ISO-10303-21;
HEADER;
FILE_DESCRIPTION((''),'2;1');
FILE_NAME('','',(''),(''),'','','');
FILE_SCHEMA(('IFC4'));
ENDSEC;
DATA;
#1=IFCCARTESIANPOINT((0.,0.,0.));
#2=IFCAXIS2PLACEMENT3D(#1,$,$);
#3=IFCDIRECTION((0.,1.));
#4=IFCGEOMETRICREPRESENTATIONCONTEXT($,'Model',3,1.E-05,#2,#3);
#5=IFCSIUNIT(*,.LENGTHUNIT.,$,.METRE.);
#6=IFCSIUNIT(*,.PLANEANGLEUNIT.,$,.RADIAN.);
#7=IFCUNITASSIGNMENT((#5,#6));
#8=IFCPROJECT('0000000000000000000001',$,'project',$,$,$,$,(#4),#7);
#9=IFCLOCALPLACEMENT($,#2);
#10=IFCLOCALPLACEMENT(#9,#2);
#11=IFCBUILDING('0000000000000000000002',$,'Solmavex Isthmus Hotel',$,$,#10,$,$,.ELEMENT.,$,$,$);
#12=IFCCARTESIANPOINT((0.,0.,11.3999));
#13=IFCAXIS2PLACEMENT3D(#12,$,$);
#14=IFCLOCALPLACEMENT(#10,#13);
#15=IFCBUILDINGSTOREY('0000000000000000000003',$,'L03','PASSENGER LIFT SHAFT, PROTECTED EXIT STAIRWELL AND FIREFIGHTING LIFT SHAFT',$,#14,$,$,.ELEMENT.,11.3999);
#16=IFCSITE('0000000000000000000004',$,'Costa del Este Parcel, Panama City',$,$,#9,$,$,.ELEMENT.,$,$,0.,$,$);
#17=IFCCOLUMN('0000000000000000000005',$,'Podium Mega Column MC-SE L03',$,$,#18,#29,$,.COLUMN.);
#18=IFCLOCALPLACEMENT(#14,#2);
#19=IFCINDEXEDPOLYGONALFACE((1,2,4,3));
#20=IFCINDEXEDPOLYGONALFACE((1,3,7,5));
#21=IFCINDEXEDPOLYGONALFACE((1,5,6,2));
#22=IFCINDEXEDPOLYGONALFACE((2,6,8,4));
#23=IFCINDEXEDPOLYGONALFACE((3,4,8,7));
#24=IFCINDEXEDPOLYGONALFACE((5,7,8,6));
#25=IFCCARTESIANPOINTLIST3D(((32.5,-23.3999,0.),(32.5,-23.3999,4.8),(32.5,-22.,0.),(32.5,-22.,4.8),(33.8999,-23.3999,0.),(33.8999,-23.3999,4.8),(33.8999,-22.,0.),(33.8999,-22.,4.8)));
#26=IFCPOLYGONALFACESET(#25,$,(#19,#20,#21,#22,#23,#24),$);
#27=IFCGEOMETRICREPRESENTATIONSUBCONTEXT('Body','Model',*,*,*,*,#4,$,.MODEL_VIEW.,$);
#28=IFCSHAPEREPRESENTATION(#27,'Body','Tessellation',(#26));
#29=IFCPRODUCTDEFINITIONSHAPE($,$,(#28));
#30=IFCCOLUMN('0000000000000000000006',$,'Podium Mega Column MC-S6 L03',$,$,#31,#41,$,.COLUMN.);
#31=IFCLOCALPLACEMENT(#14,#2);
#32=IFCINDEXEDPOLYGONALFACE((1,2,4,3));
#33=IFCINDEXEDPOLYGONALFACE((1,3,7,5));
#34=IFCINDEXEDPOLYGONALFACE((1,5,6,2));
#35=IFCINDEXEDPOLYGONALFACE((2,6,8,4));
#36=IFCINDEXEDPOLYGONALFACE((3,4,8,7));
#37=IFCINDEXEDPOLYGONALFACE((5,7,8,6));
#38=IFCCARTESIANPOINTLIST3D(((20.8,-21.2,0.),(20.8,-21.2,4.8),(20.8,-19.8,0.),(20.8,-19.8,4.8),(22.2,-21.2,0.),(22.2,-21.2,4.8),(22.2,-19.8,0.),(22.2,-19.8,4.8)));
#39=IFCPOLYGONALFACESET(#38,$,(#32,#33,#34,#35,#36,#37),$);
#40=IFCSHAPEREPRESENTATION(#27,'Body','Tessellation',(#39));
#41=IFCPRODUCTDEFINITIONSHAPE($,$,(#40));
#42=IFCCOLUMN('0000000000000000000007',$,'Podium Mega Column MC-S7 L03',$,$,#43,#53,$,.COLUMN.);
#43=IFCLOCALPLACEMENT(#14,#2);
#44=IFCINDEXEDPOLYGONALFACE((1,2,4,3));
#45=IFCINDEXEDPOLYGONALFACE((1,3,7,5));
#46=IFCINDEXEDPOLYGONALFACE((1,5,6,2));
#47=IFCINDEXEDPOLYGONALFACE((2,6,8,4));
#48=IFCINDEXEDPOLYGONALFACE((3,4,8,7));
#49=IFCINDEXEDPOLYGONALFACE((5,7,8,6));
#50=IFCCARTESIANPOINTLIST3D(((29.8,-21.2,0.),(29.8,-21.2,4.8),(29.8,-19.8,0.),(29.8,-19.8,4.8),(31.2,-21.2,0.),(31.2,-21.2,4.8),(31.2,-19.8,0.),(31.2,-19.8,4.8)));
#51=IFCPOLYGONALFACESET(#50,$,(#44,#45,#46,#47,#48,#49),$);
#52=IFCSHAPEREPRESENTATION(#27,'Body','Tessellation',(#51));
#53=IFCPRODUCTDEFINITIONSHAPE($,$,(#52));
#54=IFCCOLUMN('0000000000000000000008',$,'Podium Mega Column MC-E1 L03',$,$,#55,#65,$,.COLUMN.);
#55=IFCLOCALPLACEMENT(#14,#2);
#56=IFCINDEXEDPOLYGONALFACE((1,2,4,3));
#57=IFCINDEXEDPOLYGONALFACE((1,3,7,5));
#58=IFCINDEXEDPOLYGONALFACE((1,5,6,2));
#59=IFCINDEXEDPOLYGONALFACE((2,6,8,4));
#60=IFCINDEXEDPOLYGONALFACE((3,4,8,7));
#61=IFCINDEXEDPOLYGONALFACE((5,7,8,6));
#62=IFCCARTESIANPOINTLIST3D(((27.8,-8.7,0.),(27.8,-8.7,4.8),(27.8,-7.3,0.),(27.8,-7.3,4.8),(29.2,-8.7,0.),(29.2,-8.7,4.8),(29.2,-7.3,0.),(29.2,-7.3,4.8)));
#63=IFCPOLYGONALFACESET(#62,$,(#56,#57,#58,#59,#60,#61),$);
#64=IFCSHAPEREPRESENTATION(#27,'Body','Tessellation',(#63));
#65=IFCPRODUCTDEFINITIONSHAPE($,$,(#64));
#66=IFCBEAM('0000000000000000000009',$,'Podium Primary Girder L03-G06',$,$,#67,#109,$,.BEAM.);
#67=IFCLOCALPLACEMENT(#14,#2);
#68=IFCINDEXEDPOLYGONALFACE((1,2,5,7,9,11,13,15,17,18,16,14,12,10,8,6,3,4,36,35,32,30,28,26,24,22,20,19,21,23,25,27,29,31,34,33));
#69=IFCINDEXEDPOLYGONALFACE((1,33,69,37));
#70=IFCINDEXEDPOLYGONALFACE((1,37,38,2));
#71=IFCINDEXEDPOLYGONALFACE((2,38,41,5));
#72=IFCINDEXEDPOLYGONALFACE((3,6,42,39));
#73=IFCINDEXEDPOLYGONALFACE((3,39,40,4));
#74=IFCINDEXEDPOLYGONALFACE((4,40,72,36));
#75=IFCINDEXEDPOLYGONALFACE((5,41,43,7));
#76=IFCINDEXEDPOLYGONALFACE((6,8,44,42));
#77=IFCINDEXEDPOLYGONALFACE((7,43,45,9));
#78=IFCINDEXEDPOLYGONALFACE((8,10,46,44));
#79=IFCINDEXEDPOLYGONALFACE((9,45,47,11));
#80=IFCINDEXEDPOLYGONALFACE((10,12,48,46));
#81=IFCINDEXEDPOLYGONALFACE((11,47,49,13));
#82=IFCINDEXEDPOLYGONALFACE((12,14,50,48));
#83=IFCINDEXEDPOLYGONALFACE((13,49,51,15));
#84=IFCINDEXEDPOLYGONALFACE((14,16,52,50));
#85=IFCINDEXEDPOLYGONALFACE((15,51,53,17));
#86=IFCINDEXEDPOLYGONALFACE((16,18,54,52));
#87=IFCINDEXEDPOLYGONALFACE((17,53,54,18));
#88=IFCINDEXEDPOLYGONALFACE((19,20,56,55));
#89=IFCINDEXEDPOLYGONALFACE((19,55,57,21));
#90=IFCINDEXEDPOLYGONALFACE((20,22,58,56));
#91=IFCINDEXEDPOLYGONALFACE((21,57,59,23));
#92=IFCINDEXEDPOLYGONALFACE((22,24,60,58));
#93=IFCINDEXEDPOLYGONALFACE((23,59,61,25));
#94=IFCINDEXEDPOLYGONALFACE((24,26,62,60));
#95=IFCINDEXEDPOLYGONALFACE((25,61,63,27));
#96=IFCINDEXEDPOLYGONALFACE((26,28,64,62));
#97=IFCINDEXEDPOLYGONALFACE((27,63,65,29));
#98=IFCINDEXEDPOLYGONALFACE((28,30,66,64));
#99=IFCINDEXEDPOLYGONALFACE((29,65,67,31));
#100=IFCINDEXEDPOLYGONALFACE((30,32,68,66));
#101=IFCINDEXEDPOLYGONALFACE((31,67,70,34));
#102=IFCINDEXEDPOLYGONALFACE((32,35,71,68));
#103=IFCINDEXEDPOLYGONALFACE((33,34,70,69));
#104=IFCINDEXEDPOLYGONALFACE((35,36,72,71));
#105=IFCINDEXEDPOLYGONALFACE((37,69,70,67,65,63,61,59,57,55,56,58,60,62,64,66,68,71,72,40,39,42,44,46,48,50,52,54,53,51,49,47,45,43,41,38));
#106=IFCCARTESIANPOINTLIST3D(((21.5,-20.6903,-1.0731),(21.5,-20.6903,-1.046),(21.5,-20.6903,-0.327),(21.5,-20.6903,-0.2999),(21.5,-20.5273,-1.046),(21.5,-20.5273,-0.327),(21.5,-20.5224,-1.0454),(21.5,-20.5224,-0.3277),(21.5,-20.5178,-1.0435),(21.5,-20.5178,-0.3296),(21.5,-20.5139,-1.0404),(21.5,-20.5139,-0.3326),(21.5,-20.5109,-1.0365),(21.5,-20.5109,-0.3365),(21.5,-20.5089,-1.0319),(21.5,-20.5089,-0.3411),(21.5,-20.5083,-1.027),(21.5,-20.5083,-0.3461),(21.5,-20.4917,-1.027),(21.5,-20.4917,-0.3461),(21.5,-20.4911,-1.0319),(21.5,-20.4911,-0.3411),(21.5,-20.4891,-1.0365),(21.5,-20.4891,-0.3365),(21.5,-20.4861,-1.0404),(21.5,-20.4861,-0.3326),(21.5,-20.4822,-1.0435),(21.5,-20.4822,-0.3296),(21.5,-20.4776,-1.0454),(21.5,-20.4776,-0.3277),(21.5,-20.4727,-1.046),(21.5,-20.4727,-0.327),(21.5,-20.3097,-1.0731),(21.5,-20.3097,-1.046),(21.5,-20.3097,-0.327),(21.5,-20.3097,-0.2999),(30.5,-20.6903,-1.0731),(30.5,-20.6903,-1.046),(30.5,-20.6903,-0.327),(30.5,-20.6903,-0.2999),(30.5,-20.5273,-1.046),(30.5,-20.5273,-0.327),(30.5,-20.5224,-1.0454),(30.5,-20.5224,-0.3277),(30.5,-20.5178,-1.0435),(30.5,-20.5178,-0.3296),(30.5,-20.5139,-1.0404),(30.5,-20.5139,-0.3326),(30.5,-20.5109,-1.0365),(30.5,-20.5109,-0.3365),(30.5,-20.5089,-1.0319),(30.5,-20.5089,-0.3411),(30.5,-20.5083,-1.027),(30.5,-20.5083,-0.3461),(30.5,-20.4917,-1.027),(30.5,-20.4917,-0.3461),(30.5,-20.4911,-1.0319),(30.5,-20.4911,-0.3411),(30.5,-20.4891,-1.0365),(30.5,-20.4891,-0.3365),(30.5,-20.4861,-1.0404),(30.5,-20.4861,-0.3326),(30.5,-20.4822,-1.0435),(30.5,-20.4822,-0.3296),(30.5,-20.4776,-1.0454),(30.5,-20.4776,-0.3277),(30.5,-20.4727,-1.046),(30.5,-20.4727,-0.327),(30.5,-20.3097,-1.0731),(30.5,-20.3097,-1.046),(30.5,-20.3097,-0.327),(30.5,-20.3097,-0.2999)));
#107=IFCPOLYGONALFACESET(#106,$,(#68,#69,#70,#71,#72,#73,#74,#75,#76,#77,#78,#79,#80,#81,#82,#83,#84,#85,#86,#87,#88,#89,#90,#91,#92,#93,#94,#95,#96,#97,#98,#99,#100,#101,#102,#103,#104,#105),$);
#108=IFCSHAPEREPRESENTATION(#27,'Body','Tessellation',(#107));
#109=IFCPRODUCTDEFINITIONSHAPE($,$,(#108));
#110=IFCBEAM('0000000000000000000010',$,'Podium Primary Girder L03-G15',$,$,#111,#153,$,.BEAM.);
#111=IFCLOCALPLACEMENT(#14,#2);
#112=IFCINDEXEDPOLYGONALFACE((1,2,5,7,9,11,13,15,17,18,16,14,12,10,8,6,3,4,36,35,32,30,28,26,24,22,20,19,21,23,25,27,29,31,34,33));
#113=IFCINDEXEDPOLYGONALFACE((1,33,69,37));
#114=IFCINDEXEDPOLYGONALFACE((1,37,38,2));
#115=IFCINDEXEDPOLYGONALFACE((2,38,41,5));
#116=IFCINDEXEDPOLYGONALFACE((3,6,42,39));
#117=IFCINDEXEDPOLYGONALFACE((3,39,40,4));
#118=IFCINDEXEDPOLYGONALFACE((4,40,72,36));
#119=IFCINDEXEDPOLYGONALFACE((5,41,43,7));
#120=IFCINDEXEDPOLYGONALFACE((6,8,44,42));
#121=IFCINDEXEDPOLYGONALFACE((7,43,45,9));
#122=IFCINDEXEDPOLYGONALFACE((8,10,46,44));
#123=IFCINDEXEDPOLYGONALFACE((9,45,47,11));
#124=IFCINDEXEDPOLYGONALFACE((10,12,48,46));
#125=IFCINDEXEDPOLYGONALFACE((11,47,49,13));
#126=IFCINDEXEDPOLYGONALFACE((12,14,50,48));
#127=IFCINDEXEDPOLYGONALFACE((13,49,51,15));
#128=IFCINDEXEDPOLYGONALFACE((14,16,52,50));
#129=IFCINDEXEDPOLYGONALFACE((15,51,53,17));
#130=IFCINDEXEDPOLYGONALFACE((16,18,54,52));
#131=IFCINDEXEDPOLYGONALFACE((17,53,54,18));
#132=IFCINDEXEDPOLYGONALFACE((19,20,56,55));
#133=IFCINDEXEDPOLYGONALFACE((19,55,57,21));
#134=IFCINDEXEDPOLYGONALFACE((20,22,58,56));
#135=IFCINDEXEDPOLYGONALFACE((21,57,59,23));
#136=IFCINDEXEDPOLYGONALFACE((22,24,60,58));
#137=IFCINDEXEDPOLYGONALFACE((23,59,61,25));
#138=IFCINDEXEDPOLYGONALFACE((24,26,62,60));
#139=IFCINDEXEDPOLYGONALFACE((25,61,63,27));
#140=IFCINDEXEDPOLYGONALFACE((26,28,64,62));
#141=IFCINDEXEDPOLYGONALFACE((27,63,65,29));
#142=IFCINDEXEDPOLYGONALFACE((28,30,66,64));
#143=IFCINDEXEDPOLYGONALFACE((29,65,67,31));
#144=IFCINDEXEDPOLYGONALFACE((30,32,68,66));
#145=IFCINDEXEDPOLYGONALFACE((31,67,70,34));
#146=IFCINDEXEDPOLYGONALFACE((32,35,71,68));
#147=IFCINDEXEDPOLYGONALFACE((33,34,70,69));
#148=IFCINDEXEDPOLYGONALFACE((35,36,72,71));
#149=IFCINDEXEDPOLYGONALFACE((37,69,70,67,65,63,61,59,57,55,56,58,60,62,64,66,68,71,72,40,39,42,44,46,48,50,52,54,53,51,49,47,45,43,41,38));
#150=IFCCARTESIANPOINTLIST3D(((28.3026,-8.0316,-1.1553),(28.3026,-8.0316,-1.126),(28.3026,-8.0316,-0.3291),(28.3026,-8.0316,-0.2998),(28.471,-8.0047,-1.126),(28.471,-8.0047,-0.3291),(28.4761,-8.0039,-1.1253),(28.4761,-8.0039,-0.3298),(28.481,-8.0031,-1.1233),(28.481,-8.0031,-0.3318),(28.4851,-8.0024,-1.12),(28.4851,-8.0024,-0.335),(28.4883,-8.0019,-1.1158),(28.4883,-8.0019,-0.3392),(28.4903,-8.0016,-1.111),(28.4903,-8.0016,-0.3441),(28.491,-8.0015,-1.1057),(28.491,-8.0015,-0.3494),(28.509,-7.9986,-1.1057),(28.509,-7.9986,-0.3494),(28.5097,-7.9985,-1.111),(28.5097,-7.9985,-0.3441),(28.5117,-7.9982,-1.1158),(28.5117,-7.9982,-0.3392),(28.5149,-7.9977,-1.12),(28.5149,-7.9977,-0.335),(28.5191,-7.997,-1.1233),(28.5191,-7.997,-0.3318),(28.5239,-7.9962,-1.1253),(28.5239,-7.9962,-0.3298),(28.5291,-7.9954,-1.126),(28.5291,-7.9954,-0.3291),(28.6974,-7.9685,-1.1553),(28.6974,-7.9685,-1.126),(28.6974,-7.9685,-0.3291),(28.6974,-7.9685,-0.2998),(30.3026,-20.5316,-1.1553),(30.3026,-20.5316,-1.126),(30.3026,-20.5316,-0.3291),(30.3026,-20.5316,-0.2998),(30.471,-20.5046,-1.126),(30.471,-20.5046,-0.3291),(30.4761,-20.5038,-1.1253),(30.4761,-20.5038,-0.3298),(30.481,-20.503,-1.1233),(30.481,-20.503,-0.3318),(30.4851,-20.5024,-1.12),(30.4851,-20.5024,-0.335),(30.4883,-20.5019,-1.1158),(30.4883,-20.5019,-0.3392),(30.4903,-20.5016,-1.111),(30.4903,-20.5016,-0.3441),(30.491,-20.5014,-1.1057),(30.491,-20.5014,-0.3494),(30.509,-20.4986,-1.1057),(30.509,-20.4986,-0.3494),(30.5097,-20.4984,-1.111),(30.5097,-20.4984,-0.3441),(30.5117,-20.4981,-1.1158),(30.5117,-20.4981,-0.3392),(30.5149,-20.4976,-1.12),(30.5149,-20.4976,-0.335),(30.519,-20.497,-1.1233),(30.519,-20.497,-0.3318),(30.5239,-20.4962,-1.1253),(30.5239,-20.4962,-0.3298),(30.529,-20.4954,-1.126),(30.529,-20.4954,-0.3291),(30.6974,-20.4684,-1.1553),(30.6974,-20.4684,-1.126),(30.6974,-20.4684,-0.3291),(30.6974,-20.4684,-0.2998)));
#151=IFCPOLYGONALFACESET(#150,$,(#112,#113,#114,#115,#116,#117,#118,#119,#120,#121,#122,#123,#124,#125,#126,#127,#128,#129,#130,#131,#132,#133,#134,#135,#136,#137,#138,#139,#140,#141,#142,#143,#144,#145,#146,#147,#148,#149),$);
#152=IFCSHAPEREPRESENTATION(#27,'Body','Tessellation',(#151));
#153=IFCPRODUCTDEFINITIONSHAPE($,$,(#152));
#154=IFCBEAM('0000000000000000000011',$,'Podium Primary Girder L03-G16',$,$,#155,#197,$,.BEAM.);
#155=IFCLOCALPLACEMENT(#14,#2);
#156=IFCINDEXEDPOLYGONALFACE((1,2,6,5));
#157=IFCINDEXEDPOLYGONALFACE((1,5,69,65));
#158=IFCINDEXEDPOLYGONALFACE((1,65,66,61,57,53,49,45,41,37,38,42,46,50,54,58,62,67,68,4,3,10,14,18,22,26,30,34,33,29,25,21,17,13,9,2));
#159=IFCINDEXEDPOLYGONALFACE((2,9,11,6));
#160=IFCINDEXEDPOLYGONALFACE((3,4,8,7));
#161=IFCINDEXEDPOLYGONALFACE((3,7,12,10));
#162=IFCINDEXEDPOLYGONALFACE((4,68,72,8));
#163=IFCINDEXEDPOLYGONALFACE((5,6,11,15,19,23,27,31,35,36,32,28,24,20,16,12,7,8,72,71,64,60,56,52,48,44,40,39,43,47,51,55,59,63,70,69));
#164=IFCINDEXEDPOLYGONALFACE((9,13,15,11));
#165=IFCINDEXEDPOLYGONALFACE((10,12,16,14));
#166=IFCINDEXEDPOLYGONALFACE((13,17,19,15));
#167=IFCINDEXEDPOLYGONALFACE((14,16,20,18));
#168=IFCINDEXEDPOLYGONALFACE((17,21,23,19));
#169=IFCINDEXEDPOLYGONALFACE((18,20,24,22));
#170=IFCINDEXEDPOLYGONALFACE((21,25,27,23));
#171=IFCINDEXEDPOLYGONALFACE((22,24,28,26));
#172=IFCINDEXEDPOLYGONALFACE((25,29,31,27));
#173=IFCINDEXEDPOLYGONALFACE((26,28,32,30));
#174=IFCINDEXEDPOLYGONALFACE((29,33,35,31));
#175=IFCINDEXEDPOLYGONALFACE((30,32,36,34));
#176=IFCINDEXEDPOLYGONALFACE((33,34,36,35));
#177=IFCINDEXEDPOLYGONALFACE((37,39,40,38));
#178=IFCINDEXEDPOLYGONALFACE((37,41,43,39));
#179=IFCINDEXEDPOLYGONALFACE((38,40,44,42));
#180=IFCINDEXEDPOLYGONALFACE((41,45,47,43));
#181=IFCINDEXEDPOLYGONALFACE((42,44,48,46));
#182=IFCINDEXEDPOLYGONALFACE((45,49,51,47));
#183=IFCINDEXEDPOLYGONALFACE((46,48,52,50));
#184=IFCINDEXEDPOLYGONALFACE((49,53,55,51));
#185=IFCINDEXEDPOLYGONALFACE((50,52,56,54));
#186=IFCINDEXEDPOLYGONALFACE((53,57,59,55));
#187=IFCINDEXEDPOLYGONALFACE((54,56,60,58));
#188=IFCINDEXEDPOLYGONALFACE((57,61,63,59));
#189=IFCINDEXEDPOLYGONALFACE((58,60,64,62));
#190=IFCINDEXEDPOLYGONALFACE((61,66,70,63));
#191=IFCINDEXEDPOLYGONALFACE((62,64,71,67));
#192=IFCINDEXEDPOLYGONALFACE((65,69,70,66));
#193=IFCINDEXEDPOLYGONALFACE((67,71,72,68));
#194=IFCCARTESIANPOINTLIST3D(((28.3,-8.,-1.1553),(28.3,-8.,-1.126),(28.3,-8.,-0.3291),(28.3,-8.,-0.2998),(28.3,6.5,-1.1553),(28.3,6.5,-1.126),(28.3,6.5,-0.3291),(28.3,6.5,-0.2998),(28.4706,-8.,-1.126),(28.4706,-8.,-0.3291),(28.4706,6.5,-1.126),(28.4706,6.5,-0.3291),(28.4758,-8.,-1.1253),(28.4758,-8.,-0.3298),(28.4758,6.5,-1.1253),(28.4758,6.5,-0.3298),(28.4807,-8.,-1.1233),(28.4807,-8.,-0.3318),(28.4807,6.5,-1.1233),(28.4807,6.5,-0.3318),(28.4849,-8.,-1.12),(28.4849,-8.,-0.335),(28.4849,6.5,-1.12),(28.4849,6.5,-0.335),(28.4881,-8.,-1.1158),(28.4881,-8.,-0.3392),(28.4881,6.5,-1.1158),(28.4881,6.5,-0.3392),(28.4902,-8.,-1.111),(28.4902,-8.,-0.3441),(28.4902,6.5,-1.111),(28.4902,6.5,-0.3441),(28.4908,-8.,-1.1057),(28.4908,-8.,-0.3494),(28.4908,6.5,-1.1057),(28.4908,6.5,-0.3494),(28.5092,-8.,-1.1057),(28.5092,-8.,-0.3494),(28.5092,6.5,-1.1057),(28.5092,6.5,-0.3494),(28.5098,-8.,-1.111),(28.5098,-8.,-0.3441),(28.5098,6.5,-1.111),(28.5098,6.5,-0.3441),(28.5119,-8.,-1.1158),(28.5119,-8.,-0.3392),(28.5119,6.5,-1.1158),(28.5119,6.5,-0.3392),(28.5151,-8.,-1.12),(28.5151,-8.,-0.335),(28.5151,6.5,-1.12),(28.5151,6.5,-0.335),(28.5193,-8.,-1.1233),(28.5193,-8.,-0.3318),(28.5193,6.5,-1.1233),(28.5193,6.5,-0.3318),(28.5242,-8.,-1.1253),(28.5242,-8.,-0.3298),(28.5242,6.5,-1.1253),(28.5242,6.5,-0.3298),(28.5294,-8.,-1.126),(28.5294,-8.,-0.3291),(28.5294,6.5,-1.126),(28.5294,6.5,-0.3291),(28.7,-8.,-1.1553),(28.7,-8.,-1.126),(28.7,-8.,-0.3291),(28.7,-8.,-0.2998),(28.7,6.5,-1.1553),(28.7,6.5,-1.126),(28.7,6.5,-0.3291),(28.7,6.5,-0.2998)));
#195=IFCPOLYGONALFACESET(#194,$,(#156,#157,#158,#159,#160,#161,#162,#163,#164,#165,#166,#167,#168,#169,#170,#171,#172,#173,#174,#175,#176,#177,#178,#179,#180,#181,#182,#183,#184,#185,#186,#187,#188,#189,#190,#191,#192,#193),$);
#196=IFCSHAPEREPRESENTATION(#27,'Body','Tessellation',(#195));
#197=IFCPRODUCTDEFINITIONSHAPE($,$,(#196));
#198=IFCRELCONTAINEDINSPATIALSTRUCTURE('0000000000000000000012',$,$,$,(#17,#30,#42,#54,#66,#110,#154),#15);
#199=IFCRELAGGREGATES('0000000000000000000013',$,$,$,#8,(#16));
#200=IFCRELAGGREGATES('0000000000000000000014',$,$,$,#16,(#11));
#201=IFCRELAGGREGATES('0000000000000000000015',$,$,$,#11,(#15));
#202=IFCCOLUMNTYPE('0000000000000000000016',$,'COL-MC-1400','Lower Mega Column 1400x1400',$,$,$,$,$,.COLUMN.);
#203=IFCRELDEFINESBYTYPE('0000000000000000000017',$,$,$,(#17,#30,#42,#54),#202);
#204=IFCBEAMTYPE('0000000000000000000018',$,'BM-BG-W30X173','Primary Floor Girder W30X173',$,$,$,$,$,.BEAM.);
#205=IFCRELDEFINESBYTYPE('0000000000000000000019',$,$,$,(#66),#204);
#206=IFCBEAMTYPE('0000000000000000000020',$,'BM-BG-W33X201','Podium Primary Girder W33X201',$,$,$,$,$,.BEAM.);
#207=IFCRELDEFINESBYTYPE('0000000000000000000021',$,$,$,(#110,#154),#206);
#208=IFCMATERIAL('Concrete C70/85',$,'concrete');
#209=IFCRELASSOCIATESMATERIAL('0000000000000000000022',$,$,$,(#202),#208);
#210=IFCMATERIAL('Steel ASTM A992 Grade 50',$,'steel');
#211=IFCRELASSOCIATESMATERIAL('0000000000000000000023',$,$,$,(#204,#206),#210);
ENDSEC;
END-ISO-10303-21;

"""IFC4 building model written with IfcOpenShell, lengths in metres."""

from ifc_helpers import new_model, si_unit, direction, frame, origin, origin_2d, place, context, subcontext, project, spatial, rectangle, i_section, extrude, material, material_profile, profile_set, type_object, element, save


model = new_model("IFC4")

# Units and contexts
model_context = context("Model", 3, precision=1e-05, world=origin(), true_north=direction((0.0, 1.0)))
body_context = subcontext(model_context, "Body", "Model", "MODEL_VIEW")
ifc_project = project(units=[si_unit("LENGTHUNIT", "METRE"), si_unit("PLANEANGLEUNIT", "RADIAN")], contexts=[model_context])

# Site, building, storey
site_placement = place(None, origin())
site = spatial("IfcSite", under=ifc_project, at=site_placement, Name="Costa del Este Parcel, Panama City", CompositionType="ELEMENT", RefElevation=0.0)
building_placement = place(site_placement, origin())
building = spatial("IfcBuilding", under=site, at=building_placement, Name="Solmavex Isthmus Hotel", CompositionType="ELEMENT")
storey_placement = place(building_placement, frame((0.0, 0.0, 11.3999)))
storey = spatial("IfcBuildingStorey", under=building, at=storey_placement, Name="L03", Description="PASSENGER LIFT SHAFT, PROTECTED EXIT STAIRWELL AND FIREFIGHTING LIFT SHAFT", CompositionType="ELEMENT", Elevation=11.3999)

# Columns
ifc_material_1 = material(Name="Concrete C70/85", Category="concrete")
ifc_material_profile_1 = material_profile(ifc_material_1, rectangle(XDim=1.3999, YDim=1.3999, at=origin_2d()), Name="RC1400X1400")
ifc_profile_set_1 = profile_set([ifc_material_profile_1], Name="Concrete C70/85")
column_type = type_object("IfcColumnType", Name="COL-MC-1400", Description="Lower Mega Column 1400x1400", PredefinedType="COLUMN", material=ifc_profile_set_1)
for number, where, z_axis, x_axis, name in (
    (1, (33.2, -22.7, 0.0), (0.0, 0.0, 1.0), (1.0, 0.0, 0.0), "Podium Mega Column MC-SE L03"),
    (2, (21.5, -20.5, 0.0), (0.0, 0.0, 1.0), (1.0, 0.0, 0.0), "Podium Mega Column MC-S6 L03"),
    (3, (30.5, -20.5, 0.0), (0.0, 0.0, 1.0), (1.0, 0.0, 0.0), "Podium Mega Column MC-S7 L03"),
    (4, (28.5, -8.0, 0.0), (0.0, 0.0, 1.0), (1.0, 0.0, 0.0), "Podium Mega Column MC-E1 L03"),
):
    element("IfcColumn", number, at=place(storey_placement, frame(where, z_axis=z_axis, x_axis=x_axis)), inside=storey, type_object=column_type, Name=name, PredefinedType="COLUMN", context=body_context, shape_type="SweptSolid", body=[
        extrude(rectangle(XDim=1.3999, YDim=1.3999, at=origin_2d()), origin(), (0.0, 0.0, 1.0), 4.8),
    ])

# Beams
ifc_material_2 = material(Name="Steel ASTM A992 Grade 50", Category="steel")
ifc_material_profile_2 = material_profile(ifc_material_2, i_section(OverallWidth=0.3806, OverallDepth=0.7732, WebThickness=0.0166, FlangeThickness=0.0271, FilletRadius=0.019, at=origin_2d()), Name="W30X173")
ifc_profile_set_2 = profile_set([ifc_material_profile_2], Name="Steel ASTM A992 Grade 50")
beam_type_1 = type_object("IfcBeamType", Name="BM-BG-W30X173", Description="Primary Floor Girder W30X173", PredefinedType="BEAM", material=ifc_profile_set_2)
beam_1_placement = place(storey_placement, frame((21.5, -20.5, -0.6865), z_axis=(1.0, 0.0, 0.0), x_axis=(0.0, 1.0, 0.0)))
element("IfcBeam", 5, at=beam_1_placement, inside=storey, type_object=beam_type_1, Name="Podium Primary Girder L03-G06", PredefinedType="BEAM", context=body_context, shape_type="SweptSolid", body=[
    extrude(i_section(OverallWidth=0.3806, OverallDepth=0.7732, WebThickness=0.0166, FlangeThickness=0.0271, FilletRadius=0.019, at=origin_2d()), origin(), (0.0, 0.0, 1.0), 9.0),
])
ifc_material_profile_3 = material_profile(ifc_material_2, i_section(OverallWidth=0.3999, OverallDepth=0.8555, WebThickness=0.0183, FlangeThickness=0.0293, FilletRadius=0.0203, at=origin_2d()), Name="W33X201")
ifc_profile_set_3 = profile_set([ifc_material_profile_3], Name="Steel ASTM A992 Grade 50")
beam_type_2 = type_object("IfcBeamType", Name="BM-BG-W33X201", Description="Podium Primary Girder W33X201", PredefinedType="BEAM", material=ifc_profile_set_3)
beam_2_placement = place(storey_placement, frame((30.5, -20.5, -0.7275), z_axis=(-0.157991, 0.987441, 0.0), x_axis=(-0.987441, -0.157991, 0.0)))
element("IfcBeam", 6, at=beam_2_placement, inside=storey, type_object=beam_type_2, Name="Podium Primary Girder L03-G15", PredefinedType="BEAM", context=body_context, shape_type="SweptSolid", body=[
    extrude(i_section(OverallWidth=0.3999, OverallDepth=0.8555, WebThickness=0.0183, FlangeThickness=0.0293, FilletRadius=0.0203, at=origin_2d()), origin(), (0.0, 0.0, 1.0), 12.6589),
])
beam_3_placement = place(storey_placement, frame((28.5, -8.0, -0.7275), z_axis=(0.0, 1.0, 0.0), x_axis=(-1.0, 0.0, 0.0)))
element("IfcBeam", 7, at=beam_3_placement, inside=storey, type_object=beam_type_2, Name="Podium Primary Girder L03-G16", PredefinedType="BEAM", context=body_context, shape_type="SweptSolid", body=[
    extrude(i_section(OverallWidth=0.3999, OverallDepth=0.8555, WebThickness=0.0183, FlangeThickness=0.0293, FilletRadius=0.0203, at=origin_2d()), origin(), (0.0, 0.0, 1.0), 14.5),
])

save(model, "model.ifc")
